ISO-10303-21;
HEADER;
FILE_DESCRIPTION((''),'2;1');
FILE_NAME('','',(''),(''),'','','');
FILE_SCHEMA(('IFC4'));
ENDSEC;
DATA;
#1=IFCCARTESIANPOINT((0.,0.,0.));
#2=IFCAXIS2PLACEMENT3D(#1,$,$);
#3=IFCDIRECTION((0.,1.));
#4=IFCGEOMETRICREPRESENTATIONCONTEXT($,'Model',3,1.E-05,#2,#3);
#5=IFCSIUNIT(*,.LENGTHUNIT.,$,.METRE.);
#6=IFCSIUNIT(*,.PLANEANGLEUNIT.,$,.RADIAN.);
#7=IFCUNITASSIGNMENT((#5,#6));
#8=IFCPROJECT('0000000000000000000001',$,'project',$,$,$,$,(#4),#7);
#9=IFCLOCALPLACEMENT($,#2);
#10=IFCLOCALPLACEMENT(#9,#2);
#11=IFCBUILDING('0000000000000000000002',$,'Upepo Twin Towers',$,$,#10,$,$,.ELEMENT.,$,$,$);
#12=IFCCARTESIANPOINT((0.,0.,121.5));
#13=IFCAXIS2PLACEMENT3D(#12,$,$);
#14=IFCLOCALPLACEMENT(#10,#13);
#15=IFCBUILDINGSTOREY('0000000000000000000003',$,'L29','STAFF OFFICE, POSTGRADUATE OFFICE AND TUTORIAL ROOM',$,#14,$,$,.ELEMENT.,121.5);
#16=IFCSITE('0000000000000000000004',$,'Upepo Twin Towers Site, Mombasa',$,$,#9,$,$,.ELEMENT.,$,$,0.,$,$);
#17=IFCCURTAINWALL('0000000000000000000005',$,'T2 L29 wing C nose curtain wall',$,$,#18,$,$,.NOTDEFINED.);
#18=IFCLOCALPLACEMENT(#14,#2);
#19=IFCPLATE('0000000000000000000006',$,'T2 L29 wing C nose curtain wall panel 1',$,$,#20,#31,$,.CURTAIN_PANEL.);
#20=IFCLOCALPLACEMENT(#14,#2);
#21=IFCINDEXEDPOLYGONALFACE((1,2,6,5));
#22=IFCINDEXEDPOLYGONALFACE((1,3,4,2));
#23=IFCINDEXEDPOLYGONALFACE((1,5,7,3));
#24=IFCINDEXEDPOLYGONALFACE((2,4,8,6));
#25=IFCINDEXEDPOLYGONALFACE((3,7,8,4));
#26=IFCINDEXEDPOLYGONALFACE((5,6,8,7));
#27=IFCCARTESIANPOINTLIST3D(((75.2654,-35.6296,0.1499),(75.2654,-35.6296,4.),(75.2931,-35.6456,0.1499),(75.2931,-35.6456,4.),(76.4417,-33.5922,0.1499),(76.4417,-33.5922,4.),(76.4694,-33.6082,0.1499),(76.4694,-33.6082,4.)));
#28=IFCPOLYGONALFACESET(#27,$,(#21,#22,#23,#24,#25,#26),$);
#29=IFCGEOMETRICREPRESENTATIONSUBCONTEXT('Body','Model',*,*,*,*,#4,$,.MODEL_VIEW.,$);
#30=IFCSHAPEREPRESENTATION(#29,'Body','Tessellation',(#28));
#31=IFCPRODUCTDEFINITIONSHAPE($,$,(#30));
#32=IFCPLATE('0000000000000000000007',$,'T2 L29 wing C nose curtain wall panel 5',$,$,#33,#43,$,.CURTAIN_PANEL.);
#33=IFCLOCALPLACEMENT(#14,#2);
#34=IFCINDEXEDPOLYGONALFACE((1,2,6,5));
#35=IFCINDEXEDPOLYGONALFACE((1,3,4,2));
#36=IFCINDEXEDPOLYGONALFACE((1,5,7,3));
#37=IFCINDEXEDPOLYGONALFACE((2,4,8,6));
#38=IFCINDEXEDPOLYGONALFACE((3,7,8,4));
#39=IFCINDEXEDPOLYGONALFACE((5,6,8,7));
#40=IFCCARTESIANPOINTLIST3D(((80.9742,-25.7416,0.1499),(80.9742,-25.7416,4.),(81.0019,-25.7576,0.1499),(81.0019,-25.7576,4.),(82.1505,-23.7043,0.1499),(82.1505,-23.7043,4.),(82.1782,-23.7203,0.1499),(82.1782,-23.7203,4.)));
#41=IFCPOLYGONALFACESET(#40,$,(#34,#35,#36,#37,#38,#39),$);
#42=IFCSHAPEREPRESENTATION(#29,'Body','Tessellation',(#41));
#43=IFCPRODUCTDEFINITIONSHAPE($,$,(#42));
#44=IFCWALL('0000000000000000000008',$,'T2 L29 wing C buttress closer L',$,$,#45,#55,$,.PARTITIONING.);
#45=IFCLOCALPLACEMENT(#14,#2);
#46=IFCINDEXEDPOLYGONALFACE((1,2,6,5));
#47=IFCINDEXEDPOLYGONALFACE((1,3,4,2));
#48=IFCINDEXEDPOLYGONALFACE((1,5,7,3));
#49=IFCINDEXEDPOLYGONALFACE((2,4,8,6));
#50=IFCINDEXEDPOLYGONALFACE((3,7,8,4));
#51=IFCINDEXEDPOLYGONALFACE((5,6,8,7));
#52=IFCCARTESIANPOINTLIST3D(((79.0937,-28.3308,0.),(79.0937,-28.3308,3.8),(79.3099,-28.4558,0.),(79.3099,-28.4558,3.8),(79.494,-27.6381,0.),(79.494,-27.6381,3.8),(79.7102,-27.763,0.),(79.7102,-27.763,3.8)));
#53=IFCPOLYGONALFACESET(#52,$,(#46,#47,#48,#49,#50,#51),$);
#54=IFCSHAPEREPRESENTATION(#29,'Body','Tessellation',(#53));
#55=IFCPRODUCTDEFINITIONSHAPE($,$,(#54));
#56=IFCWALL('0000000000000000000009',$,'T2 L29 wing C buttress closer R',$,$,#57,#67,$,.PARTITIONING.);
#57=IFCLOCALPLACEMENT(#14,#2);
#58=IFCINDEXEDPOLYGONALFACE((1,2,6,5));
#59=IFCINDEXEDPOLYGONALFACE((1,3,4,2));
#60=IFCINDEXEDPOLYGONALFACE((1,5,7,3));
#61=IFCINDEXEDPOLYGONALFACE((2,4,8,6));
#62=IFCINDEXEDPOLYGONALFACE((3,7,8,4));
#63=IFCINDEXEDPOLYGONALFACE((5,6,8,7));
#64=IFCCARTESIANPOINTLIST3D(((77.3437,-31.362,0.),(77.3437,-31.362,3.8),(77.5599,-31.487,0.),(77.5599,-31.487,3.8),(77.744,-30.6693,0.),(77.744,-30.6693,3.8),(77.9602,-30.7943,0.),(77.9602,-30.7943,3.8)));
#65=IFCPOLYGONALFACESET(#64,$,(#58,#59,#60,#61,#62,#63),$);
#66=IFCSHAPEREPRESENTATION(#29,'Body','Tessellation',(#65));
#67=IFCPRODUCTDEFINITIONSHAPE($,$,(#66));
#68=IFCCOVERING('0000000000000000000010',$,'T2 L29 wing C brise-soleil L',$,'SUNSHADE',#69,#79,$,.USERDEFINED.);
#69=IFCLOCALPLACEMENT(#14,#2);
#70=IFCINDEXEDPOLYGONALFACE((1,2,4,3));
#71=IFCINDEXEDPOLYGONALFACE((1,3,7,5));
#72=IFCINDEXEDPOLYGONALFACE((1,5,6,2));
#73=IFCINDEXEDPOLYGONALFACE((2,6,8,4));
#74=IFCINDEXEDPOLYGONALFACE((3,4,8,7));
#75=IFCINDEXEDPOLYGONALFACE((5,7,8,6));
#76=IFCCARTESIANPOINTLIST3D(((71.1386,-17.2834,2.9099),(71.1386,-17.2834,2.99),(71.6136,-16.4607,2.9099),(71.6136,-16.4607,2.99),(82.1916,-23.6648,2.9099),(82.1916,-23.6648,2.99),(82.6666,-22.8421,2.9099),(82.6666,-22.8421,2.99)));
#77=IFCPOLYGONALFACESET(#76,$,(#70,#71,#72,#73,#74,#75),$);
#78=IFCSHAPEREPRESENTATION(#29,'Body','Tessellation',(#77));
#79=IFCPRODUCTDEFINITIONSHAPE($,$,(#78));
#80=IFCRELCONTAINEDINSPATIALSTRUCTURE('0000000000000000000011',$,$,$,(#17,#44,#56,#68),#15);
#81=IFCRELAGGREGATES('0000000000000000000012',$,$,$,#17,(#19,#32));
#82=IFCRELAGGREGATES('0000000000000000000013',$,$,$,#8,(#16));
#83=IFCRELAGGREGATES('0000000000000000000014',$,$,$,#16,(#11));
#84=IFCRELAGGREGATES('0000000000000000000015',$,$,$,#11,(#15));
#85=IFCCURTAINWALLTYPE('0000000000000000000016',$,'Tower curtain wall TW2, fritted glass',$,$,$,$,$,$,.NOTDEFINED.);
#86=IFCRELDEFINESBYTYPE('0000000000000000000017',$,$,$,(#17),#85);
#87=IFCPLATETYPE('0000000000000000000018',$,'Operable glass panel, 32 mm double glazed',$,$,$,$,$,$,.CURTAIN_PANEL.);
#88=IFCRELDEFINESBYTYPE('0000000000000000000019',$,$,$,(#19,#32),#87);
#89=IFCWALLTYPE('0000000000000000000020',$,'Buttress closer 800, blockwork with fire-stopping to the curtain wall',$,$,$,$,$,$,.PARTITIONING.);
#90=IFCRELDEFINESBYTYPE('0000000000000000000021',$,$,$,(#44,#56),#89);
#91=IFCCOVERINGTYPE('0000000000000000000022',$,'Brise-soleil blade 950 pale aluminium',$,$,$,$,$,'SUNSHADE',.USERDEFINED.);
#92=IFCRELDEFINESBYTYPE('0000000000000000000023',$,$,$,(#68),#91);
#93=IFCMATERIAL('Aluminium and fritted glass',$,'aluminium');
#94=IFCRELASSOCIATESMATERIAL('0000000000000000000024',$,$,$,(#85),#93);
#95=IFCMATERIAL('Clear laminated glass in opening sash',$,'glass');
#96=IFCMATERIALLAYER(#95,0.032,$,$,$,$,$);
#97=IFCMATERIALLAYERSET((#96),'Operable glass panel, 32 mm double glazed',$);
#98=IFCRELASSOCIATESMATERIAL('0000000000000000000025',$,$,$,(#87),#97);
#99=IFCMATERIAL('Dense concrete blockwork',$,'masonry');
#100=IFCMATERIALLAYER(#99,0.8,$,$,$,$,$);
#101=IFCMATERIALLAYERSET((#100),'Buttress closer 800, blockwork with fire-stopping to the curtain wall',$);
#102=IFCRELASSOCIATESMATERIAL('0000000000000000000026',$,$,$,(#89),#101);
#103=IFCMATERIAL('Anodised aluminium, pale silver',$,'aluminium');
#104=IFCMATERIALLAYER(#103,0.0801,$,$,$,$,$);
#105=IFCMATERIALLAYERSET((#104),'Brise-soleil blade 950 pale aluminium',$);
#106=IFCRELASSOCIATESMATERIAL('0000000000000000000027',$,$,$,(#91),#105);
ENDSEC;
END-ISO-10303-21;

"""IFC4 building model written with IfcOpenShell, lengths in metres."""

from ifc_helpers import new_model, si_unit, direction, frame, frame_2d, origin, origin_2d, place, context, subcontext, project, spatial, rectangle, extrude, material, layer, layer_set, type_object, element, aggregate, save


model = new_model("IFC4")

# Units and contexts
model_context = context("Model", 3, precision=1e-05, world=origin(), true_north=direction((0.0, 1.0)))
body_context = subcontext(model_context, "Body", "Model", "MODEL_VIEW")
ifc_project = project(units=[si_unit("LENGTHUNIT", "METRE"), si_unit("PLANEANGLEUNIT", "RADIAN")], contexts=[model_context])

# Site, building, storey
site_placement = place(None, origin())
site = spatial("IfcSite", under=ifc_project, at=site_placement, Name="Upepo Twin Towers Site, Mombasa", CompositionType="ELEMENT", RefElevation=0.0)
building_placement = place(site_placement, origin())
building = spatial("IfcBuilding", under=site, at=building_placement, Name="Upepo Twin Towers", CompositionType="ELEMENT")
storey_placement = place(building_placement, frame((0.0, 0.0, 121.5)))
storey = spatial("IfcBuildingStorey", under=building, at=storey_placement, Name="L29", Description="STAFF OFFICE, POSTGRADUATE OFFICE AND TUTORIAL ROOM", CompositionType="ELEMENT", Elevation=121.5)

# Shared definitions
ifc_material_1 = material(Name="Aluminium and fritted glass", Category="aluminium")
curtain_wall_type = type_object("IfcCurtainWallType", Name="Tower curtain wall TW2, fritted glass", PredefinedType="NOTDEFINED", material=ifc_material_1)

# Curtain wall
curtain_wall_1_placement = place(storey_placement, origin())
curtain_wall_1 = element("IfcCurtainWall", 1, at=curtain_wall_1_placement, inside=storey, type_object=curtain_wall_type, Name="T2 L29 wing C nose curtain wall", PredefinedType="NOTDEFINED")

# Plates
ifc_material_2 = material(Name="Clear laminated glass in opening sash", Category="glass")
ifc_layer_1 = layer(ifc_material_2, 0.032)
ifc_layer_set_1 = layer_set([ifc_layer_1], Name="Operable glass panel, 32 mm double glazed")
plate_type_1 = type_object("IfcPlateType", Name="Operable glass panel, 32 mm double glazed", PredefinedType="CURTAIN_PANEL", material=ifc_layer_set_1)
plate_1_placement = place(storey_placement, frame((75.8674, -34.6189, 0.1499), z_axis=(0.0, 0.0, 1.0), x_axis=(0.5, 0.866025, 0.0)))
plate_1 = element("IfcPlate", 2, at=plate_1_placement, type_object=plate_type_1, Name="T2 L29 wing C nose curtain wall panel 1", PredefinedType="CURTAIN_PANEL", context=body_context, shape_type="SweptSolid", body=[
    extrude(rectangle(XDim=2.3525, YDim=0.032, at=origin_2d()), origin(), (0.0, 0.0, 1.0), 3.8501),
])
plate_2_placement = place(storey_placement, frame((81.5762, -24.731, 0.1499), z_axis=(0.0, 0.0, 1.0), x_axis=(0.5, 0.866025, 0.0)))
plate_2 = element("IfcPlate", 3, at=plate_2_placement, type_object=plate_type_1, Name="T2 L29 wing C nose curtain wall panel 5", PredefinedType="CURTAIN_PANEL", context=body_context, shape_type="SweptSolid", body=[
    extrude(rectangle(XDim=2.3525, YDim=0.032, at=origin_2d()), origin(), (0.0, 0.0, 1.0), 3.8501),
])
aggregate(curtain_wall_1, [plate_1, plate_2])

# Walls
ifc_material_3 = material(Name="Dense concrete blockwork", Category="masonry")
ifc_layer_2 = layer(ifc_material_3, 0.8)
ifc_layer_set_2 = layer_set([ifc_layer_2], Name="Buttress closer 800, blockwork with fire-stopping to the curtain wall")
wall_type = type_object("IfcWallType", Name="Buttress closer 800, blockwork with fire-stopping to the curtain wall", PredefinedType="PARTITIONING", material=ifc_layer_set_2)
for number, where, z_axis, x_axis, name in (
    (4, (79.2937, -27.9844, 0.0), (0.0, 0.0, 1.0), (0.865827, -0.500343, 0.0), "T2 L29 wing C buttress closer L"),
    (5, (77.5437, -31.0156, 0.0), (0.0, 0.0, 1.0), (0.865827, -0.500343, 0.0), "T2 L29 wing C buttress closer R"),
):
    element("IfcWall", number, at=place(storey_placement, frame(where, z_axis=z_axis, x_axis=x_axis)), inside=storey, type_object=wall_type, Name=name, PredefinedType="PARTITIONING", context=body_context, shape_type="SweptSolid", body=[
        extrude(rectangle(XDim=0.2498, YDim=0.8, at=frame_2d((0.125, 0.0))), origin(), (0.0, 0.0, 1.0), 3.8),
    ])

# Covering
ifc_material_4 = material(Name="Anodised aluminium, pale silver", Category="aluminium")
ifc_layer_3 = layer(ifc_material_4, 0.0801)
ifc_layer_set_3 = layer_set([ifc_layer_3], Name="Brise-soleil blade 950 pale aluminium")
covering_type = type_object("IfcCoveringType", Name="Brise-soleil blade 950 pale aluminium", ElementType="SUNSHADE", PredefinedType="USERDEFINED", material=ifc_layer_set_3)
covering_placement = place(storey_placement, frame((76.9026, -20.0627, 2.9099), z_axis=(0.0, 0.0, 1.0), x_axis=(0.866025, -0.5, 0.0)))
element("IfcCovering", 6, at=covering_placement, inside=storey, type_object=covering_type, Name="T2 L29 wing C brise-soleil L", ObjectType="SUNSHADE", PredefinedType="USERDEFINED", context=body_context, shape_type="SweptSolid", body=[
    extrude(rectangle(XDim=12.7629, YDim=0.95, at=origin_2d()), origin(), (0.0, 0.0, 1.0), 0.0801),
])

save(model, "model.ifc")
